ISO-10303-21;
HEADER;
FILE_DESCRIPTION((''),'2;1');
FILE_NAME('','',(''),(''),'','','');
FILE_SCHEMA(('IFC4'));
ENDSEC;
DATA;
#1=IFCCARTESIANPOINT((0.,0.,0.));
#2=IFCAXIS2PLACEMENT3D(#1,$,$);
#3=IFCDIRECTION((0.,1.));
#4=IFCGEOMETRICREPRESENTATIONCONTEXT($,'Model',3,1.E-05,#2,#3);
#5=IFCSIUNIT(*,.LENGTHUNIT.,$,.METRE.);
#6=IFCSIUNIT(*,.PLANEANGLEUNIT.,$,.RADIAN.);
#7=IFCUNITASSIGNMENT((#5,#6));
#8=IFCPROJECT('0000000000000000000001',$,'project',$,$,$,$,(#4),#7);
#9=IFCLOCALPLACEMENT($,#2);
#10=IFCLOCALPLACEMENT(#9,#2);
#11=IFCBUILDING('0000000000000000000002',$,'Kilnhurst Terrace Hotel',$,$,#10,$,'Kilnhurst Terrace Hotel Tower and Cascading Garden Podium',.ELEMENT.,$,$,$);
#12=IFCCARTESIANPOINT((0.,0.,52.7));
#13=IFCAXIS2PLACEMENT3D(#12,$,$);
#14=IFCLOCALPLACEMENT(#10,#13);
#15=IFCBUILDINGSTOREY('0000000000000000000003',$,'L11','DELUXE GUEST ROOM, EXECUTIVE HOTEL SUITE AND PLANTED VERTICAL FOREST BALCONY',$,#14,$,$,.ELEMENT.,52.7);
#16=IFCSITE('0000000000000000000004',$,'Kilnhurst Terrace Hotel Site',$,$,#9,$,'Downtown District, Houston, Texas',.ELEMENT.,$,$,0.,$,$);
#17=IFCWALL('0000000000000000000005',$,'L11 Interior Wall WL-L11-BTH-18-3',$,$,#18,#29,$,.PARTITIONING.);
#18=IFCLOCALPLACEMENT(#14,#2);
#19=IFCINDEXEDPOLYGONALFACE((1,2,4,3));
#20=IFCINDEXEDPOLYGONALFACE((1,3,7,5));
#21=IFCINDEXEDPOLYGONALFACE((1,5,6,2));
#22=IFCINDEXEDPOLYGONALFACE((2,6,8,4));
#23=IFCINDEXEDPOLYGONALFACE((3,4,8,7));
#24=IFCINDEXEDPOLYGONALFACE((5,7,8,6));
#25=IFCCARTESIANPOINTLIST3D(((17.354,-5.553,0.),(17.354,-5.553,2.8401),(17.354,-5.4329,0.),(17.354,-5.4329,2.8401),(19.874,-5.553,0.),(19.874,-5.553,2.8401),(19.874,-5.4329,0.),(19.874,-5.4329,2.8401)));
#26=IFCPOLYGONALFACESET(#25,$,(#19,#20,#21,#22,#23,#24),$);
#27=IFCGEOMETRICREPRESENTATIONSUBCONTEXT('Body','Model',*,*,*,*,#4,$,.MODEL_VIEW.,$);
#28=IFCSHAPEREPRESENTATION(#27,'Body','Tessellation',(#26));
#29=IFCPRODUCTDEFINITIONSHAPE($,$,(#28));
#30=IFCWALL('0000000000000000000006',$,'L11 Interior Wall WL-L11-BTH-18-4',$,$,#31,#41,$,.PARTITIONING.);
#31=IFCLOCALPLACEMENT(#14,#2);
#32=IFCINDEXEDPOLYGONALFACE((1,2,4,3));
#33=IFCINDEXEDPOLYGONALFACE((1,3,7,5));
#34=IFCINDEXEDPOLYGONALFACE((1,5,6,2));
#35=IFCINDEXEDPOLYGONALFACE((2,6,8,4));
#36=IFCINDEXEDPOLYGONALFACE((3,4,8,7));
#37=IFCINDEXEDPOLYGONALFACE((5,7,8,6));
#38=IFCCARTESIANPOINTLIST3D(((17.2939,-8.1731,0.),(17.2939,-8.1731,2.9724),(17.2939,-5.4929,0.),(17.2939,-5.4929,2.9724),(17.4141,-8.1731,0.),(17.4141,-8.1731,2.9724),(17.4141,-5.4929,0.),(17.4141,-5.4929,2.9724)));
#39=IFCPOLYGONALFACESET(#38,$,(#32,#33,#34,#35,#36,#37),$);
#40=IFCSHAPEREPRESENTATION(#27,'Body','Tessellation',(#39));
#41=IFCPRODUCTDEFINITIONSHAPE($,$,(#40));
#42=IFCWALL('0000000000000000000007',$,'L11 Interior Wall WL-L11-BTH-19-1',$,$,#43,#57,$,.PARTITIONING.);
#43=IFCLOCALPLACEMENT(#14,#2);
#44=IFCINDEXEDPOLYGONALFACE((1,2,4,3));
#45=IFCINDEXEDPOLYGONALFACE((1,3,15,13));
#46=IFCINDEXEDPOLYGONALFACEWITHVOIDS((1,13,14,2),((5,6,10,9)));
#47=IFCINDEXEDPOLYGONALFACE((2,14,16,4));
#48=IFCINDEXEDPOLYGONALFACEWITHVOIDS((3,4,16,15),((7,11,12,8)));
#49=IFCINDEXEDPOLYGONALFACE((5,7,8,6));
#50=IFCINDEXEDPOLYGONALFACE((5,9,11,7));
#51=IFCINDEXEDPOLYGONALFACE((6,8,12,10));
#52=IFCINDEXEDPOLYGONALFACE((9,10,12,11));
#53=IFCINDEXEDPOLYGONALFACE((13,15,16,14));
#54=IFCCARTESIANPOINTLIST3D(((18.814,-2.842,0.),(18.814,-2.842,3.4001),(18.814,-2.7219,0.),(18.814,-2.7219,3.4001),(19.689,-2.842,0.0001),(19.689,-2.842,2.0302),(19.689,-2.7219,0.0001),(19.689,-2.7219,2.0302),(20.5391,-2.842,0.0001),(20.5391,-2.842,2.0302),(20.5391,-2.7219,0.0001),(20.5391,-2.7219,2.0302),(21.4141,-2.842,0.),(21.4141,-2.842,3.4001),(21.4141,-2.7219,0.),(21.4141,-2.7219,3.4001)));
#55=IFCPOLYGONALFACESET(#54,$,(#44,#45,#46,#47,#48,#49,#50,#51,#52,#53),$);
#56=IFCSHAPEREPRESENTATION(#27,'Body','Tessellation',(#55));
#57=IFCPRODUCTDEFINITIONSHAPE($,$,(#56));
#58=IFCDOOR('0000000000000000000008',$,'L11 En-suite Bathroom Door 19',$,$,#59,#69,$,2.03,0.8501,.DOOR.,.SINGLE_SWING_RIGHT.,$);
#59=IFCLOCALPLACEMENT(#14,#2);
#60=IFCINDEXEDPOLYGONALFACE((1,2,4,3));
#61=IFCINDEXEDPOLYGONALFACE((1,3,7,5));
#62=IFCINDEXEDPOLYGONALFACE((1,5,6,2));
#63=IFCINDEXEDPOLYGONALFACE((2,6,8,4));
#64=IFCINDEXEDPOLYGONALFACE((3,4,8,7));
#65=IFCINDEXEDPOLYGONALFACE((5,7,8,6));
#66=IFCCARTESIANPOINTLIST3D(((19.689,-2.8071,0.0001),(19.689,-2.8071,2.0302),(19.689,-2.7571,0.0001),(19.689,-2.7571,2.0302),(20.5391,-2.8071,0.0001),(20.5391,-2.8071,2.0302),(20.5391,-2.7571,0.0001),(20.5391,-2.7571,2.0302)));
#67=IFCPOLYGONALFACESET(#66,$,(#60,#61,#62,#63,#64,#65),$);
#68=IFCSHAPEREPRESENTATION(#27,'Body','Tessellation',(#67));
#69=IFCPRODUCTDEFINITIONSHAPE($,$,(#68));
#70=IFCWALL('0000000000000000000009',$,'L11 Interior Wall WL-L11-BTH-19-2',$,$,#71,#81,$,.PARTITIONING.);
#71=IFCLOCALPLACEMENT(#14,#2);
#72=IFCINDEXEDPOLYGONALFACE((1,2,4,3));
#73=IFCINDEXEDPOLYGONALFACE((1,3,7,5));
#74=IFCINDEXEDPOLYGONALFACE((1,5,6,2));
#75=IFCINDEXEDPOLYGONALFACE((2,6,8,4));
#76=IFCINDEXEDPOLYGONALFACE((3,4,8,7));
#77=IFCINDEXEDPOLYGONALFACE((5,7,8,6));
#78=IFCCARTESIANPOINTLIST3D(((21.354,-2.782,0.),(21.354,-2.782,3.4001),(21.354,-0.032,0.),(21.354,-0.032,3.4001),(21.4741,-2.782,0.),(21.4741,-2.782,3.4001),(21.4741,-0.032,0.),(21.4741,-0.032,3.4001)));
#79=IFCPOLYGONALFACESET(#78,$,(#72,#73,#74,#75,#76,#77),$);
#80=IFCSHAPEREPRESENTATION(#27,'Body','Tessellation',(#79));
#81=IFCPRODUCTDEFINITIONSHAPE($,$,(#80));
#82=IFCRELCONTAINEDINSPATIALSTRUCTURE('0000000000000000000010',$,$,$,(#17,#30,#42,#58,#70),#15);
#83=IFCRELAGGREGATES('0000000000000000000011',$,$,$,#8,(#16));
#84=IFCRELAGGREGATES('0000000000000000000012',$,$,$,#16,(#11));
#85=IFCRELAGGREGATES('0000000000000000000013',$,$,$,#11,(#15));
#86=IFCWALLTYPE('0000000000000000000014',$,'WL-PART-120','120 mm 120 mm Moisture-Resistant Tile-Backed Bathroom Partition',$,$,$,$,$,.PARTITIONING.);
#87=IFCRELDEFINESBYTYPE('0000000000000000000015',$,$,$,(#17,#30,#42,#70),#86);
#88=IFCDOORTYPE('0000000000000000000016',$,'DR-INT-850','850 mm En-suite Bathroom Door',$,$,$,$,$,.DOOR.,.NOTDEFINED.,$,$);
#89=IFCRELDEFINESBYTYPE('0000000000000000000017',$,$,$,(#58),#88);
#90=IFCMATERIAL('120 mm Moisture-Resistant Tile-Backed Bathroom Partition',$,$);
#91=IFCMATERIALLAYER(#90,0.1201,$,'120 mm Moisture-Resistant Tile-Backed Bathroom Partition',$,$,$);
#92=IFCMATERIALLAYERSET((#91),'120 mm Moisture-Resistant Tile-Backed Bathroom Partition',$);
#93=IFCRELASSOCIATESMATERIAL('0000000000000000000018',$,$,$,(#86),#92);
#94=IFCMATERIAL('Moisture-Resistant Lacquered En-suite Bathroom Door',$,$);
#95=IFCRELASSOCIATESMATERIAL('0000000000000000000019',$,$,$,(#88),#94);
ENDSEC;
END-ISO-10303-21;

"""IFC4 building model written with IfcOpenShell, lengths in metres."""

from ifc_helpers import new_model, si_unit, direction, frame, frame_2d, origin, place, context, subcontext, project, spatial, rectangle, extrude, material, layer, layer_set, type_object, element, fill, save


model = new_model("IFC4")

# Units and contexts
model_context = context("Model", 3, precision=1e-05, world=origin(), true_north=direction((0.0, 1.0)))
body_context = subcontext(model_context, "Body", "Model", "MODEL_VIEW")
ifc_project = project(units=[si_unit("LENGTHUNIT", "METRE"), si_unit("PLANEANGLEUNIT", "RADIAN")], contexts=[model_context])

# Site, building, storey
site_placement = place(None, origin())
site = spatial("IfcSite", under=ifc_project, at=site_placement, Name="Kilnhurst Terrace Hotel Site", LongName="Downtown District, Houston, Texas", CompositionType="ELEMENT", RefElevation=0.0)
building_placement = place(site_placement, origin())
building = spatial("IfcBuilding", under=site, at=building_placement, Name="Kilnhurst Terrace Hotel", LongName="Kilnhurst Terrace Hotel Tower and Cascading Garden Podium", CompositionType="ELEMENT")
storey_placement = place(building_placement, frame((0.0, 0.0, 52.7)))
storey = spatial("IfcBuildingStorey", under=building, at=storey_placement, Name="L11", Description="DELUXE GUEST ROOM, EXECUTIVE HOTEL SUITE AND PLANTED VERTICAL FOREST BALCONY", CompositionType="ELEMENT", Elevation=52.7)

# Shared definitions
ifc_material_1 = material(Name="120 mm Moisture-Resistant Tile-Backed Bathroom Partition")
ifc_layer_1 = layer(ifc_material_1, 0.1201, Name="120 mm Moisture-Resistant Tile-Backed Bathroom Partition")
ifc_layer_set_1 = layer_set([ifc_layer_1], Name="120 mm Moisture-Resistant Tile-Backed Bathroom Partition")
wall_type_1 = type_object("IfcWallType", Name="WL-PART-120", Description="120 mm 120 mm Moisture-Resistant Tile-Backed Bathroom Partition", PredefinedType="PARTITIONING", material=ifc_layer_set_1)
ifc_material_2 = material(Name="Moisture-Resistant Lacquered En-suite Bathroom Door")
door_type_1 = type_object("IfcDoorType", Name="DR-INT-850", Description="850 mm En-suite Bathroom Door", OperationType="NOTDEFINED", PredefinedType="DOOR", material=ifc_material_2)

# Walls
wall_1_placement = place(storey_placement, frame((19.874, -5.4929, 0.0), z_axis=(0.0, 0.0, 1.0), x_axis=(-1.0, 0.0, 0.0)))
element("IfcWall", 1, at=wall_1_placement, inside=storey, type_object=wall_type_1, Name="L11 Interior Wall WL-L11-BTH-18-3", PredefinedType="PARTITIONING", context=body_context, shape_type="SweptSolid", body=[
    extrude(rectangle(XDim=2.52, YDim=0.1201, at=frame_2d((1.26, 0.0))), origin(), (0.0, 0.0, 1.0), 2.8401),
])
wall_2_placement = place(storey_placement, frame((17.354, -5.4929, 0.0), z_axis=(0.0, 0.0, 1.0), x_axis=(0.0, -1.0, 0.0)))
element("IfcWall", 2, at=wall_2_placement, inside=storey, type_object=wall_type_1, Name="L11 Interior Wall WL-L11-BTH-18-4", PredefinedType="PARTITIONING", context=body_context, shape_type="SweptSolid", body=[
    extrude(rectangle(XDim=2.6802, YDim=0.1201, at=frame_2d((1.3401, 0.0))), origin(), (0.0, 0.0, 1.0), 2.9724),
])

# Wall, opening, door
wall_3_placement = place(storey_placement, frame((18.814, -2.782, 0.0), z_axis=(0.0, 0.0, 1.0), x_axis=(1.0, 0.0, 0.0)))
wall_3 = element("IfcWall", 3, at=wall_3_placement, inside=storey, type_object=wall_type_1, Name="L11 Interior Wall WL-L11-BTH-19-1", PredefinedType="PARTITIONING", context=body_context, shape_type="SweptSolid", body=[
    extrude(rectangle(XDim=2.6001, YDim=0.1201, at=frame_2d((1.3, 0.0))), origin(), (0.0, 0.0, 1.0), 3.4001),
])
opening_1_placement = place(wall_3_placement, frame((0.875, 0.0, 0.0)))
opening_1 = element("IfcOpeningElement", 4, at=opening_1_placement, cuts=wall_3, PredefinedType="OPENING", context=body_context, shape_type="SweptSolid", body=[
    extrude(rectangle(XDim=0.8501, YDim=2.03, at=frame_2d((0.425, 1.0151))), frame((0.0, 0.0701, 0.0), z_axis=(0.0, -1.0, 0.0), x_axis=(1.0, 0.0, 0.0)), (0.0, 0.0, 1.0), 0.1401),
])
door_1_placement = place(opening_1_placement, origin())
door_1 = element("IfcDoor", 5, at=door_1_placement, inside=storey, type_object=door_type_1, Name="L11 En-suite Bathroom Door 19", OperationType="SINGLE_SWING_RIGHT", OverallHeight=2.03, OverallWidth=0.8501, PredefinedType="DOOR", context=body_context, shape_type="SweptSolid", body=[
    extrude(rectangle(XDim=0.8501, YDim=2.03, at=frame_2d((0.425, 1.0151))), frame((0.0, 0.0249, 0.0), z_axis=(0.0, -1.0, 0.0), x_axis=(1.0, 0.0, 0.0)), (0.0, 0.0, 1.0), 0.05),
])
fill(opening_1, door_1)

# Wall
wall_4_placement = place(storey_placement, frame((21.4141, -2.782, 0.0), z_axis=(0.0, 0.0, 1.0), x_axis=(0.0, 1.0, 0.0)))
element("IfcWall", 6, at=wall_4_placement, inside=storey, type_object=wall_type_1, Name="L11 Interior Wall WL-L11-BTH-19-2", PredefinedType="PARTITIONING", context=body_context, shape_type="SweptSolid", body=[
    extrude(rectangle(XDim=2.75, YDim=0.1201, at=frame_2d((1.375, 0.0))), origin(), (0.0, 0.0, 1.0), 3.4001),
])

save(model, "model.ifc")
